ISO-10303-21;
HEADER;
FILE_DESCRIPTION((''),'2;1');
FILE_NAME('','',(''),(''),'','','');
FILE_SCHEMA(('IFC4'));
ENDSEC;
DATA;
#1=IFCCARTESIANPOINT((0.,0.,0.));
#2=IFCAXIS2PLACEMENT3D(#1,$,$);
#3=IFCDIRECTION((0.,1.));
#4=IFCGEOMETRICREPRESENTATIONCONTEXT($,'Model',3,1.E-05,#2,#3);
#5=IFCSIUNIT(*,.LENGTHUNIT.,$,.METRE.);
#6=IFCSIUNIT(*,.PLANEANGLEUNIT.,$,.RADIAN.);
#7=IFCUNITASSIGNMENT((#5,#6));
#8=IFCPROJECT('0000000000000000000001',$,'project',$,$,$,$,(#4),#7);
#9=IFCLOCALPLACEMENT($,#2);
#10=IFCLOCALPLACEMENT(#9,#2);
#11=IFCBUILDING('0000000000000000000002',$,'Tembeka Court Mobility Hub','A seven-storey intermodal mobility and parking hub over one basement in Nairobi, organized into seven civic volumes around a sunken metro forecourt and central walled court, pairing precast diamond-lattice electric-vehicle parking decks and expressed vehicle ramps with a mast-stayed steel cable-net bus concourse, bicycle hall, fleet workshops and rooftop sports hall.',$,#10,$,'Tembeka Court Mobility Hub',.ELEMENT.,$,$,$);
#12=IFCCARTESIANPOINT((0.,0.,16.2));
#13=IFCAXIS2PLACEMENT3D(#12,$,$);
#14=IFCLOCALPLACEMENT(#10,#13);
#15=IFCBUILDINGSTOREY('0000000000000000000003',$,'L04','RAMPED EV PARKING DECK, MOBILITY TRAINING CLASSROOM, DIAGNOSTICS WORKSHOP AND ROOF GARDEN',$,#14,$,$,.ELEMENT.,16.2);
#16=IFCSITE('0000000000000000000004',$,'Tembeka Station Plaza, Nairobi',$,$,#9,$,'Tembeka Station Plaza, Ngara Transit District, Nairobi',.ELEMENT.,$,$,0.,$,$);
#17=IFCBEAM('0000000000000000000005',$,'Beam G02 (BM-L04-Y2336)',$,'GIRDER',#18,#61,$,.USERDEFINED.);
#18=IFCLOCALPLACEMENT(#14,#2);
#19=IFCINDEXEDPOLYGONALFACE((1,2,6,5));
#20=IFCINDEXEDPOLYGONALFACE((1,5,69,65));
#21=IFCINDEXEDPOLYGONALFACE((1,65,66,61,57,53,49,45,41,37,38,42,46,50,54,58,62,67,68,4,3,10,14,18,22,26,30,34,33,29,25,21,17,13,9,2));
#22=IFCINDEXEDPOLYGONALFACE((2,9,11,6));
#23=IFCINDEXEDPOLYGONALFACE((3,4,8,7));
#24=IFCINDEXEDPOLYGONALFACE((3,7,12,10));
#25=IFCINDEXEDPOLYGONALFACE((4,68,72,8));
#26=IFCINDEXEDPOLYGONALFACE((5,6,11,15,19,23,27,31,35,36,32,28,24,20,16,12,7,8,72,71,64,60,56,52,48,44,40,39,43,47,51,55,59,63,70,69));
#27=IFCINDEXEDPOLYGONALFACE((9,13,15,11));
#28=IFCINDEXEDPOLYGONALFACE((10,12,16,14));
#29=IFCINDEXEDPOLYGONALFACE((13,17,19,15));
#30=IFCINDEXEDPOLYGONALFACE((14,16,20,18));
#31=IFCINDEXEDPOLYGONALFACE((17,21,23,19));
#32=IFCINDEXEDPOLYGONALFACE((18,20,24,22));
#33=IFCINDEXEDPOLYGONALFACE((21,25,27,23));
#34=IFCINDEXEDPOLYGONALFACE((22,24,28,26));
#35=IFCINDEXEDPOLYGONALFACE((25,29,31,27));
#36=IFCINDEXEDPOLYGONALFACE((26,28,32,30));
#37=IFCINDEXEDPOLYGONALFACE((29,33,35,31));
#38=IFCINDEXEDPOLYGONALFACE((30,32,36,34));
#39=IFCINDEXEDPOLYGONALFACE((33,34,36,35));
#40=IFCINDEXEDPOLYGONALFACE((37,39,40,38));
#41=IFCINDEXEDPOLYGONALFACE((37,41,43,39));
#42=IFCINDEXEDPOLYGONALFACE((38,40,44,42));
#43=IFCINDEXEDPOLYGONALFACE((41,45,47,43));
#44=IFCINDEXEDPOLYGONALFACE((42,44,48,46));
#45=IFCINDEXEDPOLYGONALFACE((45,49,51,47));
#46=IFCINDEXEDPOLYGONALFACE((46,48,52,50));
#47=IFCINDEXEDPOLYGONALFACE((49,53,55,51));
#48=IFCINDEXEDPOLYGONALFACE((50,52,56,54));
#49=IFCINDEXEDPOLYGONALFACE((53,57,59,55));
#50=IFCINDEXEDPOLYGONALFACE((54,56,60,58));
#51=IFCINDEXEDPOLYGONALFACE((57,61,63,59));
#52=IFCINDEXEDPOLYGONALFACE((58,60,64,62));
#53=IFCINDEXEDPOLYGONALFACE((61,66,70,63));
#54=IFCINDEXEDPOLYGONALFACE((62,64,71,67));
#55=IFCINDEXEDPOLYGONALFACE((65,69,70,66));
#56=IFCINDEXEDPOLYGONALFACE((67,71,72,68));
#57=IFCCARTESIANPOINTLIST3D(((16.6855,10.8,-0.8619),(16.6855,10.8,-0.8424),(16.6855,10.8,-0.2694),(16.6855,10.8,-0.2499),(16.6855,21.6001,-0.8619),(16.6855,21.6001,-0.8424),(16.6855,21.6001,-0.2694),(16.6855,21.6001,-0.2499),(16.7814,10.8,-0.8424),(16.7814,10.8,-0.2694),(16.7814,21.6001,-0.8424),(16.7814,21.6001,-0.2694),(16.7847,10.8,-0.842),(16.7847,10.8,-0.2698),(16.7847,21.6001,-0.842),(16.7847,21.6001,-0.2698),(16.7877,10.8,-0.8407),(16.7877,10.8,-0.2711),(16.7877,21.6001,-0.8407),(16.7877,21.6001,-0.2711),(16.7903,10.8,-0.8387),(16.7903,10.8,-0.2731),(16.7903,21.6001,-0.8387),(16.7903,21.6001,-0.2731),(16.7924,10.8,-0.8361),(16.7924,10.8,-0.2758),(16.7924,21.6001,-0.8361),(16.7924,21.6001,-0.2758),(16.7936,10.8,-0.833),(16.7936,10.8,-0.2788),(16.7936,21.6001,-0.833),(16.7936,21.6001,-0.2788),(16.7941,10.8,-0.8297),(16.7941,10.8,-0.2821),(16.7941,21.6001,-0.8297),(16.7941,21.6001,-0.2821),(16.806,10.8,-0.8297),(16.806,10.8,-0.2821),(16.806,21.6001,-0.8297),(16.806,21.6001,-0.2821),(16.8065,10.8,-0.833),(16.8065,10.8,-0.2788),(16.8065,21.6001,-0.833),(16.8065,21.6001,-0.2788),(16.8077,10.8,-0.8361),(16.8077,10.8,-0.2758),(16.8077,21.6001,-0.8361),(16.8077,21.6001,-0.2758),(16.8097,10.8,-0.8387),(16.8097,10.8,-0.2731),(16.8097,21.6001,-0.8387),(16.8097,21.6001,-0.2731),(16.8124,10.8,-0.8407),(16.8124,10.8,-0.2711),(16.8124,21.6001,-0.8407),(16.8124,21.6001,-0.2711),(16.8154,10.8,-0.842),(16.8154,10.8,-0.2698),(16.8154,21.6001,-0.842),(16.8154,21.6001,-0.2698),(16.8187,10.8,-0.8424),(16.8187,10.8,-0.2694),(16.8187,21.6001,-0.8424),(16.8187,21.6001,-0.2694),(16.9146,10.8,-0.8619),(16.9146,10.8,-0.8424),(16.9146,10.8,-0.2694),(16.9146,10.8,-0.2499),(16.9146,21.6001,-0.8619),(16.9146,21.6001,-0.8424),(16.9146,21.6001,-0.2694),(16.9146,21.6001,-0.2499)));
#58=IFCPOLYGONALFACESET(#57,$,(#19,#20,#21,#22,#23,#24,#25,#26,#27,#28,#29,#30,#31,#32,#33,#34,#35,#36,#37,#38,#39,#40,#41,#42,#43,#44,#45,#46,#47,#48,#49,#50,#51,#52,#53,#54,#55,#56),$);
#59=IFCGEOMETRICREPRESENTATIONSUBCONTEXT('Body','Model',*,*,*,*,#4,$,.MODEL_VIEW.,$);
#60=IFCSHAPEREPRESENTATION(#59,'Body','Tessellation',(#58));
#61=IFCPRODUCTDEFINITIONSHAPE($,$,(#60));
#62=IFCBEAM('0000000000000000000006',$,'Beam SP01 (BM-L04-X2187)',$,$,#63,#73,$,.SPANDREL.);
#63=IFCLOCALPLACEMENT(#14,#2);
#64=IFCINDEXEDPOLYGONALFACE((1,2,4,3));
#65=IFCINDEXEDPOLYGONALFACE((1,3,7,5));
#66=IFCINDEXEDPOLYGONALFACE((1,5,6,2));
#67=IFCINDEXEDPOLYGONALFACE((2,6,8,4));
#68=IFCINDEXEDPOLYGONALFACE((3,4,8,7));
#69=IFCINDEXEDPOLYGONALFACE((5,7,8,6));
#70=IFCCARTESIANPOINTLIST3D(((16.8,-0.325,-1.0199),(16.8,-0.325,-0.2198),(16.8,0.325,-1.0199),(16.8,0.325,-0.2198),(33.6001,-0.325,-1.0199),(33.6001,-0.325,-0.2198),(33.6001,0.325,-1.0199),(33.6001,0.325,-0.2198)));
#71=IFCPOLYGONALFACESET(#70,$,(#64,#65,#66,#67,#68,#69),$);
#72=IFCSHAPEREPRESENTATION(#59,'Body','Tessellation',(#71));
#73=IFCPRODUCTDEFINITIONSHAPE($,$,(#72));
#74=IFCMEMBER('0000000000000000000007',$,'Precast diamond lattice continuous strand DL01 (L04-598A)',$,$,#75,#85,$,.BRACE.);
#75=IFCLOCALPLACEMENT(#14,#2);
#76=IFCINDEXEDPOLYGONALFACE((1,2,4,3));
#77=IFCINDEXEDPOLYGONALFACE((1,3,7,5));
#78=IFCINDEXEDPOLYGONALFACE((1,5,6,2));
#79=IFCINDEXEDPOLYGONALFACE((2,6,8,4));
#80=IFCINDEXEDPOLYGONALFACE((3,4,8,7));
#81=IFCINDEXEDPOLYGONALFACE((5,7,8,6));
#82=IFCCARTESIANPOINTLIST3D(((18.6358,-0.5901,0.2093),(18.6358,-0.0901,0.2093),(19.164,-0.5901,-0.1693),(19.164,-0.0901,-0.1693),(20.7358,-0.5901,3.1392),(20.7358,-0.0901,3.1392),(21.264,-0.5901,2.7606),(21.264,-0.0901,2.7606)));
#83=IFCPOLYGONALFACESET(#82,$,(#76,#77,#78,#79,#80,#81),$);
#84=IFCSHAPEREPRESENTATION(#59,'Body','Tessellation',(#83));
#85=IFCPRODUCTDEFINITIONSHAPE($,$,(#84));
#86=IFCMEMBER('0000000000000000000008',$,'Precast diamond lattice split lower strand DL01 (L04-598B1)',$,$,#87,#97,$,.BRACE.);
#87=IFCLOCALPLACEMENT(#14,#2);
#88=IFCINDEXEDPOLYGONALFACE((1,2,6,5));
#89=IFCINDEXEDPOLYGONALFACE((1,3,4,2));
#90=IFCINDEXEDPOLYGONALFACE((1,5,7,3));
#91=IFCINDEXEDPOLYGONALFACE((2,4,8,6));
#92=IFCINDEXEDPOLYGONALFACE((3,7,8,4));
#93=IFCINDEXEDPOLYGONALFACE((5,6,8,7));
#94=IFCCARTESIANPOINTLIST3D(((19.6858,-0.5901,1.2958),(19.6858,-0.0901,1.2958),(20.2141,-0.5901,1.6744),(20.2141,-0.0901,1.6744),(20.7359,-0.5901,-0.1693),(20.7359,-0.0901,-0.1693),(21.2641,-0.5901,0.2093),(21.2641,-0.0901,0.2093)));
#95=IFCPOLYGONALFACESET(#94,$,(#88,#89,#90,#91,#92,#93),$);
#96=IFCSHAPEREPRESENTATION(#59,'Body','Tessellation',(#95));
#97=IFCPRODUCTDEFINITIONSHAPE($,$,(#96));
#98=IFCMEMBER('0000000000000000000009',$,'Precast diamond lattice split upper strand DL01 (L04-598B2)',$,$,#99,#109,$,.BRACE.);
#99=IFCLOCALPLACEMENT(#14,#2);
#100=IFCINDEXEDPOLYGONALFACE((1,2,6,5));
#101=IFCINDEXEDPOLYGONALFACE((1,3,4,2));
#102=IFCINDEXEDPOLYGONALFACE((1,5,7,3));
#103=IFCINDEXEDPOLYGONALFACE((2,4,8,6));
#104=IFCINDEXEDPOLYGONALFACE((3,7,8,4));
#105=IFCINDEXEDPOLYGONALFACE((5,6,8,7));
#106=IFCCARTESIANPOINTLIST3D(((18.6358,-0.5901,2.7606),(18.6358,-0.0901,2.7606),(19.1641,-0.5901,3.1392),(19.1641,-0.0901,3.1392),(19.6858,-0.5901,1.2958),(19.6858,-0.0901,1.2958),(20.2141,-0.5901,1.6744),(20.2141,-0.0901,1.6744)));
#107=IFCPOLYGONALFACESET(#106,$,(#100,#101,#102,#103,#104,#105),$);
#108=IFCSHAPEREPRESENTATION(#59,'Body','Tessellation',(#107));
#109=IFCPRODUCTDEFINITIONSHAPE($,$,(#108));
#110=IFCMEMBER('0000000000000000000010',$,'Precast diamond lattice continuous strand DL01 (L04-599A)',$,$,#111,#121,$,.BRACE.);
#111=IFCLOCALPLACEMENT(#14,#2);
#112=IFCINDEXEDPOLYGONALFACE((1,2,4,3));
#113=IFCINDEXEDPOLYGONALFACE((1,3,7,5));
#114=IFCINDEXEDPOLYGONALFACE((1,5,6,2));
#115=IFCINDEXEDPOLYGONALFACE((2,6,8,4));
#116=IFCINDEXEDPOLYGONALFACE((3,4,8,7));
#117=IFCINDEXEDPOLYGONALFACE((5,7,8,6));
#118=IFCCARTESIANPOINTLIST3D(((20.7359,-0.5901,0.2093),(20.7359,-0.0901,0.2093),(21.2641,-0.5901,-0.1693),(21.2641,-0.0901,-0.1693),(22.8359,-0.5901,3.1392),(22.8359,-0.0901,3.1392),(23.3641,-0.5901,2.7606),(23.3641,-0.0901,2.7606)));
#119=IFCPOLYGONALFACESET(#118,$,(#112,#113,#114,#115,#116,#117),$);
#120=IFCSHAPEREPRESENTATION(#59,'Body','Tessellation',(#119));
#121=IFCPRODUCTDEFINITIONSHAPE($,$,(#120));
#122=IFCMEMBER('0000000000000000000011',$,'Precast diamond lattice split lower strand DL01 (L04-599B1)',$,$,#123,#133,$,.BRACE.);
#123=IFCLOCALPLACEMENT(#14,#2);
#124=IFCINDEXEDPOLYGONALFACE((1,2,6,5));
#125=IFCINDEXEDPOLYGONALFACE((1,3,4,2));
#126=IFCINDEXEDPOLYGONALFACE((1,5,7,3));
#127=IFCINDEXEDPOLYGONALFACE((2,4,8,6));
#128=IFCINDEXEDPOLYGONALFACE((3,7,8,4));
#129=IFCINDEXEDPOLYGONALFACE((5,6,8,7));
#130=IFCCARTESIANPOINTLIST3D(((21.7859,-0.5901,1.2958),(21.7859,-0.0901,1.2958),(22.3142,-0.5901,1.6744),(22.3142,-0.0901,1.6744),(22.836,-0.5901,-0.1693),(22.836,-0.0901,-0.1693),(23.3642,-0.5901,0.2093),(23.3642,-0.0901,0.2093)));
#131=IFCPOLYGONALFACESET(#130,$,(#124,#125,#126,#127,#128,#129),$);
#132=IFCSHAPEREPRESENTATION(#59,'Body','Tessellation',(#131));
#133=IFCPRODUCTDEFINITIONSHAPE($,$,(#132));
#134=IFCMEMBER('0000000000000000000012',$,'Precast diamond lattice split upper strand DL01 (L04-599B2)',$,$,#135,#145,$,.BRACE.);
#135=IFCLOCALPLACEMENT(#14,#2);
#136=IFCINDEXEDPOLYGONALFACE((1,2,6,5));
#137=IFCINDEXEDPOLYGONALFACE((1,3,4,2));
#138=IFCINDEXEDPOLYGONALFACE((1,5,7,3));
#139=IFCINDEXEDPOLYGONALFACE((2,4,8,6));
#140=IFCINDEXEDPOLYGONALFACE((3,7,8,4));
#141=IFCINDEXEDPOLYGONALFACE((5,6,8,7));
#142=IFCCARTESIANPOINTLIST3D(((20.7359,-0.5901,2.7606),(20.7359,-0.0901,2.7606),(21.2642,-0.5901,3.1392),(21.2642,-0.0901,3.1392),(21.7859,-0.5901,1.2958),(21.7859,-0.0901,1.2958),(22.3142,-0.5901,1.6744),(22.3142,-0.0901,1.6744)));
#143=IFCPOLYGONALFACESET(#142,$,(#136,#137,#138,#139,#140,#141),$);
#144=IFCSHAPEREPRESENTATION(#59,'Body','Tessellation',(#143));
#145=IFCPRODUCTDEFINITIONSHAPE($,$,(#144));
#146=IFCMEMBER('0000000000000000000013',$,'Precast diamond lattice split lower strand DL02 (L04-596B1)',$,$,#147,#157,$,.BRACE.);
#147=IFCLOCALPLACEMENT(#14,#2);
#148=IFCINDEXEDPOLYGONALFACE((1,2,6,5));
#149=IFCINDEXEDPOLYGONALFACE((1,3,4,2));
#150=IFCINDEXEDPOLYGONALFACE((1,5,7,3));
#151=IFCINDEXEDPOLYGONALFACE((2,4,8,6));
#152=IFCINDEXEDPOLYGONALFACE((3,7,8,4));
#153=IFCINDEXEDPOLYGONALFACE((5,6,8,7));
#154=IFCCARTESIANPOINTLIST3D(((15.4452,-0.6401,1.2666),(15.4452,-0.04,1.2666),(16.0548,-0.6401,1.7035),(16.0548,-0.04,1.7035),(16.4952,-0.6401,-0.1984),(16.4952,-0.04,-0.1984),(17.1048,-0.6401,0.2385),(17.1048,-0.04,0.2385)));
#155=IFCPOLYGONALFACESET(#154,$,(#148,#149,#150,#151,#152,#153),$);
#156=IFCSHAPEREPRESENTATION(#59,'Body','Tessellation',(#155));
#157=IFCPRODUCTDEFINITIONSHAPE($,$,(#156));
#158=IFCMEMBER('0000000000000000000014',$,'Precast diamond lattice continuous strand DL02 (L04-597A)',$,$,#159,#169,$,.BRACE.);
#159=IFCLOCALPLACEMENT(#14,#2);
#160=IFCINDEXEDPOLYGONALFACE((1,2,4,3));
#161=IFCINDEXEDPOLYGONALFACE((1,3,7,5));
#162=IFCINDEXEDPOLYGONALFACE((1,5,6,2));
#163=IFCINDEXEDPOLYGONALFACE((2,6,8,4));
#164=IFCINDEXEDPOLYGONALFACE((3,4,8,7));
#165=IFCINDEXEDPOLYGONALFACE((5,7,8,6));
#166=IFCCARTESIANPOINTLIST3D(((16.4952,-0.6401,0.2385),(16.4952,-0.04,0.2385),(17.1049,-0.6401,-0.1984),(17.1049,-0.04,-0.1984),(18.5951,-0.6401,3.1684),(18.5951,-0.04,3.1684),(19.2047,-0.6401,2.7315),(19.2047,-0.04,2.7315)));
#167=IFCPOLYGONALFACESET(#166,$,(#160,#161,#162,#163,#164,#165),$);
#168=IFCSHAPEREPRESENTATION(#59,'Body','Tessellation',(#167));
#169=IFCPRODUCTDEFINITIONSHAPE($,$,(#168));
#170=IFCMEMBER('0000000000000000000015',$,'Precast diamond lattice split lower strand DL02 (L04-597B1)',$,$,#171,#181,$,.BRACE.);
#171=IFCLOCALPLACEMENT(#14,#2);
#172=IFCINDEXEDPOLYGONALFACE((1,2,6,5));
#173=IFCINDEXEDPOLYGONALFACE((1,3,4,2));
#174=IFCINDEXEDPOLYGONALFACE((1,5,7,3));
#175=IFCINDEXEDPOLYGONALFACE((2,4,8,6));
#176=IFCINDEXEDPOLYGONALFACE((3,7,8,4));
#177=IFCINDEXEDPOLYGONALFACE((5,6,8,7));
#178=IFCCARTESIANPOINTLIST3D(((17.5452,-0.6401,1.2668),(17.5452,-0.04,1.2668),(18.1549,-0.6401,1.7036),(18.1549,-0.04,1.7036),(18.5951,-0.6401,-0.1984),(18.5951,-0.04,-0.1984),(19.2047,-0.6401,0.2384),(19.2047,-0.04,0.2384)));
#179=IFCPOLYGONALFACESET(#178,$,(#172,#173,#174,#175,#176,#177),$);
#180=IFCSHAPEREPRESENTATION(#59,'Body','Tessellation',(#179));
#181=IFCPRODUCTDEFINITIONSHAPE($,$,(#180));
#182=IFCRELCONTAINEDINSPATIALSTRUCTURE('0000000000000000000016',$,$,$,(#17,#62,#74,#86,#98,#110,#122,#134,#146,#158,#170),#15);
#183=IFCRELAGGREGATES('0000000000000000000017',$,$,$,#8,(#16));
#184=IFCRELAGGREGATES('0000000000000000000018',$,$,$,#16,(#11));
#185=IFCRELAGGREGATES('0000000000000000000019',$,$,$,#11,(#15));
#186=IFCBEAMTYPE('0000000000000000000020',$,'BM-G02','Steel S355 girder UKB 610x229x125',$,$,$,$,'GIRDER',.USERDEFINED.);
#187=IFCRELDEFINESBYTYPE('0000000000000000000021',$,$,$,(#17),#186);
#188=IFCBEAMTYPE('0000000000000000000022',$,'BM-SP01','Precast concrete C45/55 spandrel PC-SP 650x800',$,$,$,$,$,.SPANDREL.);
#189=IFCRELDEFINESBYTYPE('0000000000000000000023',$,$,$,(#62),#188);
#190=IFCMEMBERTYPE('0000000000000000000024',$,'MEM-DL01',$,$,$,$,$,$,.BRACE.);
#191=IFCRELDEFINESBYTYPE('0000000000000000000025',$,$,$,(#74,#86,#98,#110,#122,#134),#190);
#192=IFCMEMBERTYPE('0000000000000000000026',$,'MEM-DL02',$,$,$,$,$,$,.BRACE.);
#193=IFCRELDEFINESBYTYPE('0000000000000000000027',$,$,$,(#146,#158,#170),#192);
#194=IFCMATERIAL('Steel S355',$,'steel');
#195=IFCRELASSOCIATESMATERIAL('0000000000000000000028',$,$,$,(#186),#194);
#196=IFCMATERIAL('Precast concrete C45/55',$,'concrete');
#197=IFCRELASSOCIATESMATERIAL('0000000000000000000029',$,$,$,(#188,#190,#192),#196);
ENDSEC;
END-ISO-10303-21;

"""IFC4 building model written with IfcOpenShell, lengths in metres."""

from ifc_helpers import new_model, si_unit, direction, frame, origin, origin_2d, place, context, subcontext, project, spatial, rectangle, i_section, extrude, material, material_profile, profile_set, type_object, element, save


model = new_model("IFC4")

# Units and contexts
model_context = context("Model", 3, precision=1e-05, world=origin(), true_north=direction((0.0, 1.0)))
body_context = subcontext(model_context, "Body", "Model", "MODEL_VIEW")
ifc_project = project(units=[si_unit("LENGTHUNIT", "METRE"), si_unit("PLANEANGLEUNIT", "RADIAN")], contexts=[model_context])

# Site, building, storey
site_placement = place(None, origin())
site = spatial("IfcSite", under=ifc_project, at=site_placement, Name="Tembeka Station Plaza, Nairobi", LongName="Tembeka Station Plaza, Ngara Transit District, Nairobi", CompositionType="ELEMENT", RefElevation=0.0)
building_placement = place(site_placement, origin())
building = spatial("IfcBuilding", under=site, at=building_placement, Name="Tembeka Court Mobility Hub", Description="A seven-storey intermodal mobility and parking hub over one basement in Nairobi, organized into seven civic volumes around a sunken metro forecourt and central walled court, pairing precast diamond-lattice electric-vehicle parking decks and expressed vehicle ramps with a mast-stayed steel cable-net bus concourse, bicycle hall, fleet workshops and rooftop sports hall.", LongName="Tembeka Court Mobility Hub", CompositionType="ELEMENT")
storey_placement = place(building_placement, frame((0.0, 0.0, 16.2)))
storey = spatial("IfcBuildingStorey", under=building, at=storey_placement, Name="L04", Description="RAMPED EV PARKING DECK, MOBILITY TRAINING CLASSROOM, DIAGNOSTICS WORKSHOP AND ROOF GARDEN", CompositionType="ELEMENT", Elevation=16.2)

# Shared definitions
ifc_material_1 = material(Name="Steel S355", Category="steel")

# Beams
ifc_material_profile_1 = material_profile(ifc_material_1, i_section(OverallWidth=0.229, OverallDepth=0.6121, WebThickness=0.012, FlangeThickness=0.0195, FilletRadius=0.0127, at=origin_2d()), Name="UKB 610x229x125")
ifc_profile_set_1 = profile_set([ifc_material_profile_1], Name="Steel S355")
beam_type_1 = type_object("IfcBeamType", Name="BM-G02", Description="Steel S355 girder UKB 610x229x125", ElementType="GIRDER", PredefinedType="USERDEFINED", material=ifc_profile_set_1)
for number, where, z_axis, x_axis, name in (
    (1, (16.8, 10.8, -0.5559), (0.0, 1.0, 0.0), (-1.0, 0.0, 0.0), "Beam G02 (BM-L04-Y2336)"),
):
    element("IfcBeam", number, at=place(storey_placement, frame(where, z_axis=z_axis, x_axis=x_axis)), inside=storey, type_object=beam_type_1, Name=name, ObjectType="GIRDER", PredefinedType="USERDEFINED", context=body_context, shape_type="SweptSolid", body=[
        extrude(i_section(OverallWidth=0.229, OverallDepth=0.6121, WebThickness=0.012, FlangeThickness=0.0195, FilletRadius=0.0127, at=origin_2d()), origin(), (0.0, 0.0, 1.0), 10.8),
    ])
ifc_material_2 = material(Name="Precast concrete C45/55", Category="concrete")
ifc_material_profile_2 = material_profile(ifc_material_2, rectangle(XDim=0.6499, YDim=0.8, at=origin_2d()), Name="PC-SP 650x800")
ifc_profile_set_2 = profile_set([ifc_material_profile_2], Name="Precast concrete C45/55")
beam_type_2 = type_object("IfcBeamType", Name="BM-SP01", Description="Precast concrete C45/55 spandrel PC-SP 650x800", PredefinedType="SPANDREL", material=ifc_profile_set_2)
beam_placement = place(storey_placement, frame((16.8, 0.0, -0.6199), z_axis=(1.0, 0.0, 0.0), x_axis=(0.0, 1.0, 0.0)))
element("IfcBeam", 2, at=beam_placement, inside=storey, type_object=beam_type_2, Name="Beam SP01 (BM-L04-X2187)", PredefinedType="SPANDREL", context=body_context, shape_type="SweptSolid", body=[
    extrude(rectangle(XDim=0.6499, YDim=0.8, at=origin_2d()), origin(), (0.0, 0.0, 1.0), 16.8),
])

# Members
ifc_material_profile_3 = material_profile(ifc_material_2, rectangle(XDim=0.5, YDim=0.6499, at=origin_2d()), Name="PC-DIAG 500x650")
ifc_profile_set_3 = profile_set([ifc_material_profile_3], Name="Precast concrete C45/55")
member_type_1 = type_object("IfcMemberType", Name="MEM-DL01", PredefinedType="BRACE", material=ifc_profile_set_3)
member_1_placement = place(storey_placement, frame((18.8999, -0.3401, 0.02), z_axis=(0.582576, 0.0, 0.812776), x_axis=(0.0, 1.0, 0.0)))
element("IfcMember", 3, at=member_1_placement, inside=storey, type_object=member_type_1, Name="Precast diamond lattice continuous strand DL01 (L04-598A)", PredefinedType="BRACE", context=body_context, shape_type="SweptSolid", body=[
    extrude(rectangle(XDim=0.5, YDim=0.6499, at=origin_2d()), origin(), (0.0, 0.0, 1.0), 3.6047),
])
member_2_placement = place(storey_placement, frame((21.0, -0.3401, 0.02), z_axis=(-0.582544, 0.0, 0.812799), x_axis=(0.0, -1.0, 0.0)))
element("IfcMember", 4, at=member_2_placement, inside=storey, type_object=member_type_1, Name="Precast diamond lattice split lower strand DL01 (L04-598B1)", PredefinedType="BRACE", context=body_context, shape_type="SweptSolid", body=[
    extrude(rectangle(XDim=0.5, YDim=0.6499, at=origin_2d()), origin(), (0.0, 0.0, 1.0), 1.8025),
])
member_3_placement = place(storey_placement, frame((19.95, -0.3401, 1.4851), z_axis=(-0.582608, 0.0, 0.812753), x_axis=(0.0, -1.0, 0.0)))
element("IfcMember", 5, at=member_3_placement, inside=storey, type_object=member_type_1, Name="Precast diamond lattice split upper strand DL01 (L04-598B2)", PredefinedType="BRACE", context=body_context, shape_type="SweptSolid", body=[
    extrude(rectangle(XDim=0.5, YDim=0.6499, at=origin_2d()), origin(), (0.0, 0.0, 1.0), 1.8022),
])
member_4_placement = place(storey_placement, frame((21.0, -0.3401, 0.02), z_axis=(0.582576, 0.0, 0.812776), x_axis=(0.0, 1.0, 0.0)))
element("IfcMember", 6, at=member_4_placement, inside=storey, type_object=member_type_1, Name="Precast diamond lattice continuous strand DL01 (L04-599A)", PredefinedType="BRACE", context=body_context, shape_type="SweptSolid", body=[
    extrude(rectangle(XDim=0.5, YDim=0.6499, at=origin_2d()), origin(), (0.0, 0.0, 1.0), 3.6047),
])
member_5_placement = place(storey_placement, frame((23.1001, -0.3401, 0.02), z_axis=(-0.582544, 0.0, 0.812799), x_axis=(0.0, -1.0, 0.0)))
element("IfcMember", 7, at=member_5_placement, inside=storey, type_object=member_type_1, Name="Precast diamond lattice split lower strand DL01 (L04-599B1)", PredefinedType="BRACE", context=body_context, shape_type="SweptSolid", body=[
    extrude(rectangle(XDim=0.5, YDim=0.6499, at=origin_2d()), origin(), (0.0, 0.0, 1.0), 1.8025),
])
member_6_placement = place(storey_placement, frame((22.05, -0.3401, 1.4851), z_axis=(-0.582608, 0.0, 0.812753), x_axis=(0.0, -1.0, 0.0)))
element("IfcMember", 8, at=member_6_placement, inside=storey, type_object=member_type_1, Name="Precast diamond lattice split upper strand DL01 (L04-599B2)", PredefinedType="BRACE", context=body_context, shape_type="SweptSolid", body=[
    extrude(rectangle(XDim=0.5, YDim=0.6499, at=origin_2d()), origin(), (0.0, 0.0, 1.0), 1.8022),
])
ifc_material_profile_4 = material_profile(ifc_material_2, rectangle(XDim=0.6001, YDim=0.75, at=origin_2d()), Name="PC-DIAG 600x750")
ifc_profile_set_4 = profile_set([ifc_material_profile_4], Name="Precast concrete C45/55")
member_type_2 = type_object("IfcMemberType", Name="MEM-DL02", PredefinedType="BRACE", material=ifc_profile_set_4)
member_7_placement = place(storey_placement, frame((16.8, -0.3401, 0.02), z_axis=(-0.582544, 0.0, 0.812799), x_axis=(0.0, -1.0, 0.0)))
element("IfcMember", 9, at=member_7_placement, inside=storey, type_object=member_type_2, Name="Precast diamond lattice split lower strand DL02 (L04-596B1)", PredefinedType="BRACE", context=body_context, shape_type="SweptSolid", body=[
    extrude(rectangle(XDim=0.6001, YDim=0.75, at=origin_2d()), origin(), (0.0, 0.0, 1.0), 1.8025),
])
member_8_placement = place(storey_placement, frame((16.8, -0.3401, 0.02), z_axis=(0.582532, 0.0, 0.812808), x_axis=(0.0, 1.0, 0.0)))
element("IfcMember", 10, at=member_8_placement, inside=storey, type_object=member_type_2, Name="Precast diamond lattice continuous strand DL02 (L04-597A)", PredefinedType="BRACE", context=body_context, shape_type="SweptSolid", body=[
    extrude(rectangle(XDim=0.6001, YDim=0.75, at=origin_2d()), origin(), (0.0, 0.0, 1.0), 3.6047),
])
member_9_placement = place(storey_placement, frame((18.8999, -0.3401, 0.02), z_axis=(-0.582455, 0.0, 0.812863), x_axis=(0.0, -1.0, 0.0)))
element("IfcMember", 11, at=member_9_placement, inside=storey, type_object=member_type_2, Name="Precast diamond lattice split lower strand DL02 (L04-597B1)", PredefinedType="BRACE", context=body_context, shape_type="SweptSolid", body=[
    extrude(rectangle(XDim=0.6001, YDim=0.75, at=origin_2d()), origin(), (0.0, 0.0, 1.0), 1.8025),
])

save(model, "model.ifc")
